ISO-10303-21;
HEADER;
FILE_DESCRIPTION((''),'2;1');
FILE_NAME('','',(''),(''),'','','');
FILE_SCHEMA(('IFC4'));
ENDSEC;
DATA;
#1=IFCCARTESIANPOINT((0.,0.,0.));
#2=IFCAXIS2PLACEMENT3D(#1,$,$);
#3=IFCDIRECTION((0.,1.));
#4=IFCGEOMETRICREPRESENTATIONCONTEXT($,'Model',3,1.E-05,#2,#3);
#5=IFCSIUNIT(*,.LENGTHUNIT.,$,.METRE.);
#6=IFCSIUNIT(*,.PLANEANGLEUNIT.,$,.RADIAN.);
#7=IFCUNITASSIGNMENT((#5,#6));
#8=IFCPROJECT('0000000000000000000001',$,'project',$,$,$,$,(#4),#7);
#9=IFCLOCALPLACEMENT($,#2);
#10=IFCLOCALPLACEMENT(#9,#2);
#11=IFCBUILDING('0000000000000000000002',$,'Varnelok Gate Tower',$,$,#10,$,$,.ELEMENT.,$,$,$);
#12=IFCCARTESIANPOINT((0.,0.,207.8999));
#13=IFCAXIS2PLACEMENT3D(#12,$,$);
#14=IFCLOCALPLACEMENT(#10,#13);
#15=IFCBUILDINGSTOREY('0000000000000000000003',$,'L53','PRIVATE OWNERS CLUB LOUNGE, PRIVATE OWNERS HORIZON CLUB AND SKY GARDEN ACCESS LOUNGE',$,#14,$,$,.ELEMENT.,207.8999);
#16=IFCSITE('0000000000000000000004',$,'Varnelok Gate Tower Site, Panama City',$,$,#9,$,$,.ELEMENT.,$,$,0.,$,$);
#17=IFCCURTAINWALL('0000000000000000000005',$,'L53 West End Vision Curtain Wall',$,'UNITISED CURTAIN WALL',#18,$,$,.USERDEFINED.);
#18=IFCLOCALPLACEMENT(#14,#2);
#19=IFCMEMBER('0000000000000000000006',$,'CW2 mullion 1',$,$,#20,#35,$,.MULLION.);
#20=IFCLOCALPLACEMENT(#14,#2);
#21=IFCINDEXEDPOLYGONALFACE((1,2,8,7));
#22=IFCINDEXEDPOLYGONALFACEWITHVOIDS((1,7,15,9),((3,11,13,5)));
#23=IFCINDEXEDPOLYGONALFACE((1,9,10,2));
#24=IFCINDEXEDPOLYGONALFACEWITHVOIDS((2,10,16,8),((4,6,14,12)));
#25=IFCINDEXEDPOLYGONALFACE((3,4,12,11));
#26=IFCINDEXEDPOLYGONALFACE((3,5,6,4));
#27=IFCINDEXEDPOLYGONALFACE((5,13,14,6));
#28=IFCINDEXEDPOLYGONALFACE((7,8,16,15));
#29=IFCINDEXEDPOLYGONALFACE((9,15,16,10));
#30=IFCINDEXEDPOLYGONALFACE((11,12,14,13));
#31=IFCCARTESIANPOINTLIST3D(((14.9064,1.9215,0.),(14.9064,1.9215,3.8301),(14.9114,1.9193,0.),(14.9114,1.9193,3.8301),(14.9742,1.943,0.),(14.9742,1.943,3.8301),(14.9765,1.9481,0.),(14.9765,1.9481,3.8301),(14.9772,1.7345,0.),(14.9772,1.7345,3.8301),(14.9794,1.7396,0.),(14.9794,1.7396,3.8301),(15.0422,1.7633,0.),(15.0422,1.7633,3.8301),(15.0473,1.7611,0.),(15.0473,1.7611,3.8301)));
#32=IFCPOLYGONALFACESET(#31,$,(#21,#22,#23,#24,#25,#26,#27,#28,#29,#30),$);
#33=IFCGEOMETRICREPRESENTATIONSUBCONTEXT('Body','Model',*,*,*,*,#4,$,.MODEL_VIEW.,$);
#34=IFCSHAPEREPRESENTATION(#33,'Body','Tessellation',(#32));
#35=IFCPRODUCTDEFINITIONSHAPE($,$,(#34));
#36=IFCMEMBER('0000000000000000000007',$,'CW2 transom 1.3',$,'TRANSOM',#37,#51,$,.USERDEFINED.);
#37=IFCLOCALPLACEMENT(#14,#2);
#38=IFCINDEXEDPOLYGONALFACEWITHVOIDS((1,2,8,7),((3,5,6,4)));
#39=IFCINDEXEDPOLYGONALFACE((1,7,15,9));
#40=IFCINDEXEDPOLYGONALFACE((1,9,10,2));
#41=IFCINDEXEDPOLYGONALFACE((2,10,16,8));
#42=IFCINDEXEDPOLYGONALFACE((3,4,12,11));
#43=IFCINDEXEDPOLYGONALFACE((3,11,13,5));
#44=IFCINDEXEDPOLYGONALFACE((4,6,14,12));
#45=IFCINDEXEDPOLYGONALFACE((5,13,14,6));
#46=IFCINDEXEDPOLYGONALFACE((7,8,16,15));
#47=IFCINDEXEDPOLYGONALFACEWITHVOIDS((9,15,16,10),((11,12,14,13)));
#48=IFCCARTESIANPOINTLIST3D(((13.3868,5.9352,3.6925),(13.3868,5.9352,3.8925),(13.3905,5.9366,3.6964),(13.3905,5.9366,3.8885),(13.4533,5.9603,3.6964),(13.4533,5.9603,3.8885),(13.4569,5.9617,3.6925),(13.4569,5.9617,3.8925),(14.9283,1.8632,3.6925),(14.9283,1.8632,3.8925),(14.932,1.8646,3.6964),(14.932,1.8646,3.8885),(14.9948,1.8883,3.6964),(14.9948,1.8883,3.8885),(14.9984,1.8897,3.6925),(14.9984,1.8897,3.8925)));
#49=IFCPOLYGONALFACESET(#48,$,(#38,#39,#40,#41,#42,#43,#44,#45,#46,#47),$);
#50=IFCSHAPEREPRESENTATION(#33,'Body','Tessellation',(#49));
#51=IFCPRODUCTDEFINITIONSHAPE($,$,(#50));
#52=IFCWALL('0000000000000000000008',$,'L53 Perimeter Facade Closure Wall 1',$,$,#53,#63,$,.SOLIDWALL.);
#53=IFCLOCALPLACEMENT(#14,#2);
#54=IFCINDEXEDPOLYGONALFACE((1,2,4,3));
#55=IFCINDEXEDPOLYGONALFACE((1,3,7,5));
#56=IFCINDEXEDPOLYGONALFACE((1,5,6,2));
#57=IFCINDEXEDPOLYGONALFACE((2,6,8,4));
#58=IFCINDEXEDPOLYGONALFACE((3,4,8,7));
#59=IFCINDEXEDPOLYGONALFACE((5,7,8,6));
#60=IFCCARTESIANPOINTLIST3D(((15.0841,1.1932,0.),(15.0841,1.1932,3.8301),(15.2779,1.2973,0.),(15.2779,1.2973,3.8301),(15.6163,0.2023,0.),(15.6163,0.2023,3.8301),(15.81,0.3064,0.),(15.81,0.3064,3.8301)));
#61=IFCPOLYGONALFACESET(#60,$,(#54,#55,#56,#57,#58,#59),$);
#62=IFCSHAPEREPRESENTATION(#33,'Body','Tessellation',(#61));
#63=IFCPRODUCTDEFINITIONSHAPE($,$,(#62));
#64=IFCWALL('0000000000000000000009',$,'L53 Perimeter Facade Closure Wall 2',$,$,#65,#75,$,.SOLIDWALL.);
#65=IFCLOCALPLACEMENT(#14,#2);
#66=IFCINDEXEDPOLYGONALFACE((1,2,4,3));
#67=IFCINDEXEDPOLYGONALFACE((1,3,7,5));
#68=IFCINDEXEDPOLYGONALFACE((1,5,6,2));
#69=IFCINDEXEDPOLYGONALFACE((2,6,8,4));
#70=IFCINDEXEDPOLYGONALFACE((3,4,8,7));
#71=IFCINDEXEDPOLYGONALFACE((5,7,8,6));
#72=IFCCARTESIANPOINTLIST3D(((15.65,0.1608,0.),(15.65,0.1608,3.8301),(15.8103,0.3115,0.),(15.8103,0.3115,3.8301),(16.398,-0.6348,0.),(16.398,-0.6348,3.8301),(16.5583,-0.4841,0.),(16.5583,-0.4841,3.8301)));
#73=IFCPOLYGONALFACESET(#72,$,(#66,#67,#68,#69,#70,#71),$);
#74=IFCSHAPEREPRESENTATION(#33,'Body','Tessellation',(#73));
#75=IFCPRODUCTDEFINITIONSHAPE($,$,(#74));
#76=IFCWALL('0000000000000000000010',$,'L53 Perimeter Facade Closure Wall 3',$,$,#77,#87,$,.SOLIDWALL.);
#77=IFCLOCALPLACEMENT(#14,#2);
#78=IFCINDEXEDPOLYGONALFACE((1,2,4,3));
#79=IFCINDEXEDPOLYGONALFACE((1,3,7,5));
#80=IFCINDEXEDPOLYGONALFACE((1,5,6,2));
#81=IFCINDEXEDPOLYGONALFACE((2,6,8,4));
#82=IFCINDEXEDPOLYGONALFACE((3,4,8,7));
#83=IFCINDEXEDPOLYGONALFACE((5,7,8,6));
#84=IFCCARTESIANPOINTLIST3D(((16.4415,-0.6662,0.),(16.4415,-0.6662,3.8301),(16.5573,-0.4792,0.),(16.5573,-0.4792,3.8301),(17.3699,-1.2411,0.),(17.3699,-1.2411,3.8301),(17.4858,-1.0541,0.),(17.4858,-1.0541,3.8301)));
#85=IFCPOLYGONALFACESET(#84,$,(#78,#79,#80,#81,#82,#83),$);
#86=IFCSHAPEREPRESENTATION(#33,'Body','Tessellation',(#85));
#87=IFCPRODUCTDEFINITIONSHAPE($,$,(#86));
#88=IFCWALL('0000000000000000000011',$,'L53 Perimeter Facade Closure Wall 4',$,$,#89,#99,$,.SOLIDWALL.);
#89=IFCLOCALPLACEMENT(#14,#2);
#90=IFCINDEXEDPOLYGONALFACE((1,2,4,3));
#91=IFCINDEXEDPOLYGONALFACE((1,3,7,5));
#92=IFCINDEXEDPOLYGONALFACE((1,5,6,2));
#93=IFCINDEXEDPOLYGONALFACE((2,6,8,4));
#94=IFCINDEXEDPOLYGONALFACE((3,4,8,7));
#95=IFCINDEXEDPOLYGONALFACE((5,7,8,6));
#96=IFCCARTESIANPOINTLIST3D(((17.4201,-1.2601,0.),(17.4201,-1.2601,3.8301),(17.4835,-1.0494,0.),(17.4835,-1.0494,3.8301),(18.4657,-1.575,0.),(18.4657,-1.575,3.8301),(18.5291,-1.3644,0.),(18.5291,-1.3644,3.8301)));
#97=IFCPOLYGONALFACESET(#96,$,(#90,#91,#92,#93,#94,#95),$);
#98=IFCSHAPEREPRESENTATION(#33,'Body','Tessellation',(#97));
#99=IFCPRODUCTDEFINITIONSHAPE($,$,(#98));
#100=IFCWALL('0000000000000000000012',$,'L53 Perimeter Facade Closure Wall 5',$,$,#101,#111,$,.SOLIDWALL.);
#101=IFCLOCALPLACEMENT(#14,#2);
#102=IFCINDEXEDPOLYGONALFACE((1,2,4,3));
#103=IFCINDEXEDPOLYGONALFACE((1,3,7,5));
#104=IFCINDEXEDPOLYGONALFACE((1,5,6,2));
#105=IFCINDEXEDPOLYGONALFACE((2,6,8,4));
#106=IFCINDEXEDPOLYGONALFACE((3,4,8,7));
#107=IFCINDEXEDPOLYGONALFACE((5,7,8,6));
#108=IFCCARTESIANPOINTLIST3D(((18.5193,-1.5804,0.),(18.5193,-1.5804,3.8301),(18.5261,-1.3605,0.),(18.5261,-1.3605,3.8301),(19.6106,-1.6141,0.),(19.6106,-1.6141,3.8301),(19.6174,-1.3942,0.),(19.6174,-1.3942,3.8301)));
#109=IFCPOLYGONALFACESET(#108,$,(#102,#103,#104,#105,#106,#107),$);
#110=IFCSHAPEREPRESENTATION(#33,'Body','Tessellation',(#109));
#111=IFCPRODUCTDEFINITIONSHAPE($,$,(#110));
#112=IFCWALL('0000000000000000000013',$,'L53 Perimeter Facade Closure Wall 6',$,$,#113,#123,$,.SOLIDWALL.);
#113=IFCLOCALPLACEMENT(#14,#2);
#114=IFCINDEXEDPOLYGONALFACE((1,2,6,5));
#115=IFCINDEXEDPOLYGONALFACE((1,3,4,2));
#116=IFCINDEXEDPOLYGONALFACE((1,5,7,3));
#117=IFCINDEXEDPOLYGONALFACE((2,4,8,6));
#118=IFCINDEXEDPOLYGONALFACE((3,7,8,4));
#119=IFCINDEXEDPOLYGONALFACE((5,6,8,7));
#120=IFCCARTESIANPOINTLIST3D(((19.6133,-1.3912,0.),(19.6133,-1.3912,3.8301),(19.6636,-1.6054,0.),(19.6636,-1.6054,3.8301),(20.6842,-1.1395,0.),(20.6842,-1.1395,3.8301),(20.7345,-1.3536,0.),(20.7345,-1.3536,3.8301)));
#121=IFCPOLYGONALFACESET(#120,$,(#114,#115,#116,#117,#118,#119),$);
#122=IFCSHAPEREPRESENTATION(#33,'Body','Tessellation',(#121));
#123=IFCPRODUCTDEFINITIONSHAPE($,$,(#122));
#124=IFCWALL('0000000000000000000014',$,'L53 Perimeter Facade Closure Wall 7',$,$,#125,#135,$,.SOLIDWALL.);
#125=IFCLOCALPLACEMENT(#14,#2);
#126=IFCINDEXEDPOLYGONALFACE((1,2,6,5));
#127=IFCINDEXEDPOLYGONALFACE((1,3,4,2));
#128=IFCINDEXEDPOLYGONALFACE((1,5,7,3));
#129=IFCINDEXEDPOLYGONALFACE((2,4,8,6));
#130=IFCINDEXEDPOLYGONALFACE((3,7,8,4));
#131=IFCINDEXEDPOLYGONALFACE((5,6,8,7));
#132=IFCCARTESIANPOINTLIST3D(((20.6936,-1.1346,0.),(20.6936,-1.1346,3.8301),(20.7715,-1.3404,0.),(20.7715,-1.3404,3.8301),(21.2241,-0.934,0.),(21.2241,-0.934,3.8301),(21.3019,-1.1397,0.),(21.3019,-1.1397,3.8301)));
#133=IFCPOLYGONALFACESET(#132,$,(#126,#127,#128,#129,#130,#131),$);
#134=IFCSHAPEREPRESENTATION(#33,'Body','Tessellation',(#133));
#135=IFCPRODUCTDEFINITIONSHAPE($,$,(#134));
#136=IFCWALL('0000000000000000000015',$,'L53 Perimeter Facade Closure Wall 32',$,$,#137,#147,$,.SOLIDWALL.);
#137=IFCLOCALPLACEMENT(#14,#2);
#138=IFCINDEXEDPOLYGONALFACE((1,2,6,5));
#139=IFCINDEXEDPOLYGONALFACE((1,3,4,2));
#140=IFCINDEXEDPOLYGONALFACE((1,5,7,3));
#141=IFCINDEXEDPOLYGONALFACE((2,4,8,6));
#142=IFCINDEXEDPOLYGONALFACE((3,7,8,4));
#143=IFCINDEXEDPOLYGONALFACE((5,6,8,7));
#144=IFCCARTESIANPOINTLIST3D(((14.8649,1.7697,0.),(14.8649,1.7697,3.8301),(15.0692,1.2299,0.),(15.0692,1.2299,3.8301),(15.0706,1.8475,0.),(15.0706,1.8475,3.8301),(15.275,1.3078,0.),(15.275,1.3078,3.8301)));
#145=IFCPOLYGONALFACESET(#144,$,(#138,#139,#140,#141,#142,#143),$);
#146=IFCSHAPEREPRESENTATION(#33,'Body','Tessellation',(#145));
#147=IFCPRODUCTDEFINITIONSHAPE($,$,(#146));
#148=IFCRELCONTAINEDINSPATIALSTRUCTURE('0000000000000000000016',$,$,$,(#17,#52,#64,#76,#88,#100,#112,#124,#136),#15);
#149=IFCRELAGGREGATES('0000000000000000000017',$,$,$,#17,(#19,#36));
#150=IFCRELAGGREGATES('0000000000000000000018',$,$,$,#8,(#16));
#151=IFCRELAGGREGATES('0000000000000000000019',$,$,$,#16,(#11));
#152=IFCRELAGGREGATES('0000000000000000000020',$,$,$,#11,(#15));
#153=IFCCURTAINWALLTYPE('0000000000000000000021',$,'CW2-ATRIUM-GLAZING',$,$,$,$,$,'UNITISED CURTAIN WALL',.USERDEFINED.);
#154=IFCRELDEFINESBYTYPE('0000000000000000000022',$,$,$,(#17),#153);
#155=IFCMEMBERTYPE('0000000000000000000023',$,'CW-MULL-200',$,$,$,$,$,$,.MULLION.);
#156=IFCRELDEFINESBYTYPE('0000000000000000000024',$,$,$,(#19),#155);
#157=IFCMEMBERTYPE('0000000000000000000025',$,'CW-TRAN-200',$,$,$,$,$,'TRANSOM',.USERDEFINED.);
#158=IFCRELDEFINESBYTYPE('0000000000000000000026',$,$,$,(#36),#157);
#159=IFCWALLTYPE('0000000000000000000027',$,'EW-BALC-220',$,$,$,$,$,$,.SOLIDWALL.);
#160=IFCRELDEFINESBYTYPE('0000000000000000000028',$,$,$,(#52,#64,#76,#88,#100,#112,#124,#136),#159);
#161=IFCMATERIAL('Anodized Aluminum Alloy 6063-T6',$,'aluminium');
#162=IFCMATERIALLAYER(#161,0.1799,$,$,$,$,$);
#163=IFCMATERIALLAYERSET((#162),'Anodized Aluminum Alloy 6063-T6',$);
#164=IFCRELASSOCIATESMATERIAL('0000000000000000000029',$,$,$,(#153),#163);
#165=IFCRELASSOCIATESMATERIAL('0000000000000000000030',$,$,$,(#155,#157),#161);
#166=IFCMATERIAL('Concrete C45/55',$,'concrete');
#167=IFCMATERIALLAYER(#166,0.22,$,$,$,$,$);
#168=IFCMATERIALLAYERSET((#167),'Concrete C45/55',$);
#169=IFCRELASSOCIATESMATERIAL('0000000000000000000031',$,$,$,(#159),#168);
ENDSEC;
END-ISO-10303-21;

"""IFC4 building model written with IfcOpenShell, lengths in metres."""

from ifc_helpers import new_model, si_unit, direction, frame, frame_2d, origin, origin_2d, place, context, subcontext, project, spatial, rectangle, hollow_rectangle, extrude, material, layer, layer_set, material_profile, profile_set, type_object, element, aggregate, save


model = new_model("IFC4")

# Units and contexts
model_context = context("Model", 3, precision=1e-05, world=origin(), true_north=direction((0.0, 1.0)))
body_context = subcontext(model_context, "Body", "Model", "MODEL_VIEW")
ifc_project = project(units=[si_unit("LENGTHUNIT", "METRE"), si_unit("PLANEANGLEUNIT", "RADIAN")], contexts=[model_context])

# Site, building, storey
site_placement = place(None, origin())
site = spatial("IfcSite", under=ifc_project, at=site_placement, Name="Varnelok Gate Tower Site, Panama City", CompositionType="ELEMENT", RefElevation=0.0)
building_placement = place(site_placement, origin())
building = spatial("IfcBuilding", under=site, at=building_placement, Name="Varnelok Gate Tower", CompositionType="ELEMENT")
storey_placement = place(building_placement, frame((0.0, 0.0, 207.8999)))
storey = spatial("IfcBuildingStorey", under=building, at=storey_placement, Name="L53", Description="PRIVATE OWNERS CLUB LOUNGE, PRIVATE OWNERS HORIZON CLUB AND SKY GARDEN ACCESS LOUNGE", CompositionType="ELEMENT", Elevation=207.8999)

# Curtain wall, members
ifc_material_1 = material(Name="Anodized Aluminum Alloy 6063-T6", Category="aluminium")
ifc_layer_1 = layer(ifc_material_1, 0.1799)
ifc_layer_set_1 = layer_set([ifc_layer_1], Name="Anodized Aluminum Alloy 6063-T6")
curtain_wall_type = type_object("IfcCurtainWallType", Name="CW2-ATRIUM-GLAZING", ElementType="UNITISED CURTAIN WALL", PredefinedType="USERDEFINED", material=ifc_layer_set_1)
curtain_wall_placement = place(storey_placement, origin())
curtain_wall = element("IfcCurtainWall", 1, at=curtain_wall_placement, inside=storey, type_object=curtain_wall_type, Name="L53 West End Vision Curtain Wall", ObjectType="UNITISED CURTAIN WALL", PredefinedType="USERDEFINED")
ifc_material_profile_1 = material_profile(ifc_material_1, hollow_rectangle(XDim=0.075, YDim=0.2, WallThickness=0.0039, at=origin_2d()), Name="ALU200X75X4")
ifc_profile_set_1 = profile_set([ifc_material_profile_1], Name="Anodized Aluminum Alloy 6063-T6")
member_type_1 = type_object("IfcMemberType", Name="CW-MULL-200", PredefinedType="MULLION", material=ifc_profile_set_1)
member_1_placement = place(storey_placement, frame((14.9768, 1.8413, 0.0), z_axis=(0.0, 0.0, 1.0), x_axis=(-0.935221, -0.354064, 0.0)))
member_1 = element("IfcMember", 2, at=member_1_placement, type_object=member_type_1, Name="CW2 mullion 1", PredefinedType="MULLION", context=body_context, shape_type="SweptSolid", body=[
    extrude(hollow_rectangle(XDim=0.075, YDim=0.2, WallThickness=0.0039, at=origin_2d()), origin(), (0.0, 0.0, 1.0), 3.8301),
])
ifc_material_profile_2 = material_profile(ifc_material_1, hollow_rectangle(XDim=0.075, YDim=0.2, WallThickness=0.0039, at=origin_2d()), Name="ALU200X75X4")
ifc_profile_set_2 = profile_set([ifc_material_profile_2], Name="Anodized Aluminum Alloy 6063-T6")
member_type_2 = type_object("IfcMemberType", Name="CW-TRAN-200", ElementType="TRANSOM", PredefinedType="USERDEFINED", material=ifc_profile_set_2)
member_2_placement = place(storey_placement, frame((14.9634, 1.8765, 3.7925), z_axis=(-0.354041, 0.93523, 0.0), x_axis=(-0.93523, -0.354041, 0.0)))
member_2 = element("IfcMember", 3, at=member_2_placement, type_object=member_type_2, Name="CW2 transom 1.3", ObjectType="TRANSOM", PredefinedType="USERDEFINED", context=body_context, shape_type="SweptSolid", body=[
    extrude(hollow_rectangle(XDim=0.075, YDim=0.2, WallThickness=0.0039, at=origin_2d()), origin(), (0.0, 0.0, 1.0), 4.354),
])
aggregate(curtain_wall, [member_1, member_2])

# Walls
ifc_material_2 = material(Name="Concrete C45/55", Category="concrete")
ifc_layer_2 = layer(ifc_material_2, 0.22)
ifc_layer_set_2 = layer_set([ifc_layer_2], Name="Concrete C45/55")
wall_type_1 = type_object("IfcWallType", Name="EW-BALC-220", PredefinedType="SOLIDWALL", material=ifc_layer_set_2)
wall_1_placement = place(storey_placement, frame((15.1809, 1.2454, 0.0), z_axis=(0.0, 0.0, 1.0), x_axis=(0.473155, -0.880979, 0.0)))
element("IfcWall", 4, at=wall_1_placement, inside=storey, type_object=wall_type_1, Name="L53 Perimeter Facade Closure Wall 1", PredefinedType="SOLIDWALL", context=body_context, shape_type="SweptSolid", body=[
    extrude(rectangle(XDim=1.1248, YDim=0.22, at=frame_2d((0.5625, 0.0))), origin(), (0.0, 0.0, 1.0), 3.8301),
])
for number, where, z_axis, x_axis, name in (
    (5, (15.7302, 0.2361, 0.0), (0.0, 0.0, 1.0), (0.684974, -0.728567, 0.0), "L53 Perimeter Facade Closure Wall 2"),
    (6, (16.4995, -0.5728, 0.0), (0.0, 0.0, 1.0), (0.850189, -0.526478, 0.0), "L53 Perimeter Facade Closure Wall 3"),
    (7, (17.4519, -1.1548, 0.0), (0.0, 0.0, 1.0), (0.957512, -0.288394, 0.0), "L53 Perimeter Facade Closure Wall 4"),
):
    element("IfcWall", number, at=place(storey_placement, frame(where, z_axis=z_axis, x_axis=x_axis)), inside=storey, type_object=wall_type_1, Name=name, PredefinedType="SOLIDWALL", context=body_context, shape_type="SweptSolid", body=[
        extrude(rectangle(XDim=1.092, YDim=0.22, at=frame_2d((0.5459, 0.0))), origin(), (0.0, 0.0, 1.0), 3.8301),
    ])
wall_2_placement = place(storey_placement, frame((18.5227, -1.4705, 0.0), z_axis=(0.0, 0.0, 1.0), x_axis=(0.999524, -0.030858, 0.0)))
element("IfcWall", 8, at=wall_2_placement, inside=storey, type_object=wall_type_1, Name="L53 Perimeter Facade Closure Wall 5", PredefinedType="SOLIDWALL", context=body_context, shape_type="SweptSolid", body=[
    extrude(rectangle(XDim=1.0918, YDim=0.22, at=frame_2d((0.5459, 0.0))), origin(), (0.0, 0.0, 1.0), 3.8301),
])
wall_3_placement = place(storey_placement, frame((19.6384, -1.4983, 0.0), z_axis=(0.0, 0.0, 1.0), x_axis=(0.973467, 0.228829, 0.0)))
element("IfcWall", 9, at=wall_3_placement, inside=storey, type_object=wall_type_1, Name="L53 Perimeter Facade Closure Wall 6", PredefinedType="SOLIDWALL", context=body_context, shape_type="SweptSolid", body=[
    extrude(rectangle(XDim=1.1001, YDim=0.22, at=frame_2d((0.55, 0.0))), origin(), (0.0, 0.0, 1.0), 3.8301),
])
wall_4_placement = place(storey_placement, frame((20.7324, -1.2375, 0.0), z_axis=(0.0, 0.0, 1.0), x_axis=(0.935317, 0.353811, 0.0)))
element("IfcWall", 10, at=wall_4_placement, inside=storey, type_object=wall_type_1, Name="L53 Perimeter Facade Closure Wall 7", PredefinedType="SOLIDWALL", context=body_context, shape_type="SweptSolid", body=[
    extrude(rectangle(XDim=0.5671, YDim=0.22, at=frame_2d((0.2837, 0.0))), origin(), (0.0, 0.0, 1.0), 3.8301),
])
wall_5_placement = place(storey_placement, frame((14.9678, 1.8086, 0.0), z_axis=(0.0, 0.0, 1.0), x_axis=(0.354042, -0.935229, 0.0)))
element("IfcWall", 11, at=wall_5_placement, inside=storey, type_object=wall_type_1, Name="L53 Perimeter Facade Closure Wall 32", PredefinedType="SOLIDWALL", context=body_context, shape_type="SweptSolid", body=[
    extrude(rectangle(XDim=0.5771, YDim=0.22, at=frame_2d((0.2886, 0.0))), origin(), (0.0, 0.0, 1.0), 3.8301),
])

save(model, "model.ifc")
